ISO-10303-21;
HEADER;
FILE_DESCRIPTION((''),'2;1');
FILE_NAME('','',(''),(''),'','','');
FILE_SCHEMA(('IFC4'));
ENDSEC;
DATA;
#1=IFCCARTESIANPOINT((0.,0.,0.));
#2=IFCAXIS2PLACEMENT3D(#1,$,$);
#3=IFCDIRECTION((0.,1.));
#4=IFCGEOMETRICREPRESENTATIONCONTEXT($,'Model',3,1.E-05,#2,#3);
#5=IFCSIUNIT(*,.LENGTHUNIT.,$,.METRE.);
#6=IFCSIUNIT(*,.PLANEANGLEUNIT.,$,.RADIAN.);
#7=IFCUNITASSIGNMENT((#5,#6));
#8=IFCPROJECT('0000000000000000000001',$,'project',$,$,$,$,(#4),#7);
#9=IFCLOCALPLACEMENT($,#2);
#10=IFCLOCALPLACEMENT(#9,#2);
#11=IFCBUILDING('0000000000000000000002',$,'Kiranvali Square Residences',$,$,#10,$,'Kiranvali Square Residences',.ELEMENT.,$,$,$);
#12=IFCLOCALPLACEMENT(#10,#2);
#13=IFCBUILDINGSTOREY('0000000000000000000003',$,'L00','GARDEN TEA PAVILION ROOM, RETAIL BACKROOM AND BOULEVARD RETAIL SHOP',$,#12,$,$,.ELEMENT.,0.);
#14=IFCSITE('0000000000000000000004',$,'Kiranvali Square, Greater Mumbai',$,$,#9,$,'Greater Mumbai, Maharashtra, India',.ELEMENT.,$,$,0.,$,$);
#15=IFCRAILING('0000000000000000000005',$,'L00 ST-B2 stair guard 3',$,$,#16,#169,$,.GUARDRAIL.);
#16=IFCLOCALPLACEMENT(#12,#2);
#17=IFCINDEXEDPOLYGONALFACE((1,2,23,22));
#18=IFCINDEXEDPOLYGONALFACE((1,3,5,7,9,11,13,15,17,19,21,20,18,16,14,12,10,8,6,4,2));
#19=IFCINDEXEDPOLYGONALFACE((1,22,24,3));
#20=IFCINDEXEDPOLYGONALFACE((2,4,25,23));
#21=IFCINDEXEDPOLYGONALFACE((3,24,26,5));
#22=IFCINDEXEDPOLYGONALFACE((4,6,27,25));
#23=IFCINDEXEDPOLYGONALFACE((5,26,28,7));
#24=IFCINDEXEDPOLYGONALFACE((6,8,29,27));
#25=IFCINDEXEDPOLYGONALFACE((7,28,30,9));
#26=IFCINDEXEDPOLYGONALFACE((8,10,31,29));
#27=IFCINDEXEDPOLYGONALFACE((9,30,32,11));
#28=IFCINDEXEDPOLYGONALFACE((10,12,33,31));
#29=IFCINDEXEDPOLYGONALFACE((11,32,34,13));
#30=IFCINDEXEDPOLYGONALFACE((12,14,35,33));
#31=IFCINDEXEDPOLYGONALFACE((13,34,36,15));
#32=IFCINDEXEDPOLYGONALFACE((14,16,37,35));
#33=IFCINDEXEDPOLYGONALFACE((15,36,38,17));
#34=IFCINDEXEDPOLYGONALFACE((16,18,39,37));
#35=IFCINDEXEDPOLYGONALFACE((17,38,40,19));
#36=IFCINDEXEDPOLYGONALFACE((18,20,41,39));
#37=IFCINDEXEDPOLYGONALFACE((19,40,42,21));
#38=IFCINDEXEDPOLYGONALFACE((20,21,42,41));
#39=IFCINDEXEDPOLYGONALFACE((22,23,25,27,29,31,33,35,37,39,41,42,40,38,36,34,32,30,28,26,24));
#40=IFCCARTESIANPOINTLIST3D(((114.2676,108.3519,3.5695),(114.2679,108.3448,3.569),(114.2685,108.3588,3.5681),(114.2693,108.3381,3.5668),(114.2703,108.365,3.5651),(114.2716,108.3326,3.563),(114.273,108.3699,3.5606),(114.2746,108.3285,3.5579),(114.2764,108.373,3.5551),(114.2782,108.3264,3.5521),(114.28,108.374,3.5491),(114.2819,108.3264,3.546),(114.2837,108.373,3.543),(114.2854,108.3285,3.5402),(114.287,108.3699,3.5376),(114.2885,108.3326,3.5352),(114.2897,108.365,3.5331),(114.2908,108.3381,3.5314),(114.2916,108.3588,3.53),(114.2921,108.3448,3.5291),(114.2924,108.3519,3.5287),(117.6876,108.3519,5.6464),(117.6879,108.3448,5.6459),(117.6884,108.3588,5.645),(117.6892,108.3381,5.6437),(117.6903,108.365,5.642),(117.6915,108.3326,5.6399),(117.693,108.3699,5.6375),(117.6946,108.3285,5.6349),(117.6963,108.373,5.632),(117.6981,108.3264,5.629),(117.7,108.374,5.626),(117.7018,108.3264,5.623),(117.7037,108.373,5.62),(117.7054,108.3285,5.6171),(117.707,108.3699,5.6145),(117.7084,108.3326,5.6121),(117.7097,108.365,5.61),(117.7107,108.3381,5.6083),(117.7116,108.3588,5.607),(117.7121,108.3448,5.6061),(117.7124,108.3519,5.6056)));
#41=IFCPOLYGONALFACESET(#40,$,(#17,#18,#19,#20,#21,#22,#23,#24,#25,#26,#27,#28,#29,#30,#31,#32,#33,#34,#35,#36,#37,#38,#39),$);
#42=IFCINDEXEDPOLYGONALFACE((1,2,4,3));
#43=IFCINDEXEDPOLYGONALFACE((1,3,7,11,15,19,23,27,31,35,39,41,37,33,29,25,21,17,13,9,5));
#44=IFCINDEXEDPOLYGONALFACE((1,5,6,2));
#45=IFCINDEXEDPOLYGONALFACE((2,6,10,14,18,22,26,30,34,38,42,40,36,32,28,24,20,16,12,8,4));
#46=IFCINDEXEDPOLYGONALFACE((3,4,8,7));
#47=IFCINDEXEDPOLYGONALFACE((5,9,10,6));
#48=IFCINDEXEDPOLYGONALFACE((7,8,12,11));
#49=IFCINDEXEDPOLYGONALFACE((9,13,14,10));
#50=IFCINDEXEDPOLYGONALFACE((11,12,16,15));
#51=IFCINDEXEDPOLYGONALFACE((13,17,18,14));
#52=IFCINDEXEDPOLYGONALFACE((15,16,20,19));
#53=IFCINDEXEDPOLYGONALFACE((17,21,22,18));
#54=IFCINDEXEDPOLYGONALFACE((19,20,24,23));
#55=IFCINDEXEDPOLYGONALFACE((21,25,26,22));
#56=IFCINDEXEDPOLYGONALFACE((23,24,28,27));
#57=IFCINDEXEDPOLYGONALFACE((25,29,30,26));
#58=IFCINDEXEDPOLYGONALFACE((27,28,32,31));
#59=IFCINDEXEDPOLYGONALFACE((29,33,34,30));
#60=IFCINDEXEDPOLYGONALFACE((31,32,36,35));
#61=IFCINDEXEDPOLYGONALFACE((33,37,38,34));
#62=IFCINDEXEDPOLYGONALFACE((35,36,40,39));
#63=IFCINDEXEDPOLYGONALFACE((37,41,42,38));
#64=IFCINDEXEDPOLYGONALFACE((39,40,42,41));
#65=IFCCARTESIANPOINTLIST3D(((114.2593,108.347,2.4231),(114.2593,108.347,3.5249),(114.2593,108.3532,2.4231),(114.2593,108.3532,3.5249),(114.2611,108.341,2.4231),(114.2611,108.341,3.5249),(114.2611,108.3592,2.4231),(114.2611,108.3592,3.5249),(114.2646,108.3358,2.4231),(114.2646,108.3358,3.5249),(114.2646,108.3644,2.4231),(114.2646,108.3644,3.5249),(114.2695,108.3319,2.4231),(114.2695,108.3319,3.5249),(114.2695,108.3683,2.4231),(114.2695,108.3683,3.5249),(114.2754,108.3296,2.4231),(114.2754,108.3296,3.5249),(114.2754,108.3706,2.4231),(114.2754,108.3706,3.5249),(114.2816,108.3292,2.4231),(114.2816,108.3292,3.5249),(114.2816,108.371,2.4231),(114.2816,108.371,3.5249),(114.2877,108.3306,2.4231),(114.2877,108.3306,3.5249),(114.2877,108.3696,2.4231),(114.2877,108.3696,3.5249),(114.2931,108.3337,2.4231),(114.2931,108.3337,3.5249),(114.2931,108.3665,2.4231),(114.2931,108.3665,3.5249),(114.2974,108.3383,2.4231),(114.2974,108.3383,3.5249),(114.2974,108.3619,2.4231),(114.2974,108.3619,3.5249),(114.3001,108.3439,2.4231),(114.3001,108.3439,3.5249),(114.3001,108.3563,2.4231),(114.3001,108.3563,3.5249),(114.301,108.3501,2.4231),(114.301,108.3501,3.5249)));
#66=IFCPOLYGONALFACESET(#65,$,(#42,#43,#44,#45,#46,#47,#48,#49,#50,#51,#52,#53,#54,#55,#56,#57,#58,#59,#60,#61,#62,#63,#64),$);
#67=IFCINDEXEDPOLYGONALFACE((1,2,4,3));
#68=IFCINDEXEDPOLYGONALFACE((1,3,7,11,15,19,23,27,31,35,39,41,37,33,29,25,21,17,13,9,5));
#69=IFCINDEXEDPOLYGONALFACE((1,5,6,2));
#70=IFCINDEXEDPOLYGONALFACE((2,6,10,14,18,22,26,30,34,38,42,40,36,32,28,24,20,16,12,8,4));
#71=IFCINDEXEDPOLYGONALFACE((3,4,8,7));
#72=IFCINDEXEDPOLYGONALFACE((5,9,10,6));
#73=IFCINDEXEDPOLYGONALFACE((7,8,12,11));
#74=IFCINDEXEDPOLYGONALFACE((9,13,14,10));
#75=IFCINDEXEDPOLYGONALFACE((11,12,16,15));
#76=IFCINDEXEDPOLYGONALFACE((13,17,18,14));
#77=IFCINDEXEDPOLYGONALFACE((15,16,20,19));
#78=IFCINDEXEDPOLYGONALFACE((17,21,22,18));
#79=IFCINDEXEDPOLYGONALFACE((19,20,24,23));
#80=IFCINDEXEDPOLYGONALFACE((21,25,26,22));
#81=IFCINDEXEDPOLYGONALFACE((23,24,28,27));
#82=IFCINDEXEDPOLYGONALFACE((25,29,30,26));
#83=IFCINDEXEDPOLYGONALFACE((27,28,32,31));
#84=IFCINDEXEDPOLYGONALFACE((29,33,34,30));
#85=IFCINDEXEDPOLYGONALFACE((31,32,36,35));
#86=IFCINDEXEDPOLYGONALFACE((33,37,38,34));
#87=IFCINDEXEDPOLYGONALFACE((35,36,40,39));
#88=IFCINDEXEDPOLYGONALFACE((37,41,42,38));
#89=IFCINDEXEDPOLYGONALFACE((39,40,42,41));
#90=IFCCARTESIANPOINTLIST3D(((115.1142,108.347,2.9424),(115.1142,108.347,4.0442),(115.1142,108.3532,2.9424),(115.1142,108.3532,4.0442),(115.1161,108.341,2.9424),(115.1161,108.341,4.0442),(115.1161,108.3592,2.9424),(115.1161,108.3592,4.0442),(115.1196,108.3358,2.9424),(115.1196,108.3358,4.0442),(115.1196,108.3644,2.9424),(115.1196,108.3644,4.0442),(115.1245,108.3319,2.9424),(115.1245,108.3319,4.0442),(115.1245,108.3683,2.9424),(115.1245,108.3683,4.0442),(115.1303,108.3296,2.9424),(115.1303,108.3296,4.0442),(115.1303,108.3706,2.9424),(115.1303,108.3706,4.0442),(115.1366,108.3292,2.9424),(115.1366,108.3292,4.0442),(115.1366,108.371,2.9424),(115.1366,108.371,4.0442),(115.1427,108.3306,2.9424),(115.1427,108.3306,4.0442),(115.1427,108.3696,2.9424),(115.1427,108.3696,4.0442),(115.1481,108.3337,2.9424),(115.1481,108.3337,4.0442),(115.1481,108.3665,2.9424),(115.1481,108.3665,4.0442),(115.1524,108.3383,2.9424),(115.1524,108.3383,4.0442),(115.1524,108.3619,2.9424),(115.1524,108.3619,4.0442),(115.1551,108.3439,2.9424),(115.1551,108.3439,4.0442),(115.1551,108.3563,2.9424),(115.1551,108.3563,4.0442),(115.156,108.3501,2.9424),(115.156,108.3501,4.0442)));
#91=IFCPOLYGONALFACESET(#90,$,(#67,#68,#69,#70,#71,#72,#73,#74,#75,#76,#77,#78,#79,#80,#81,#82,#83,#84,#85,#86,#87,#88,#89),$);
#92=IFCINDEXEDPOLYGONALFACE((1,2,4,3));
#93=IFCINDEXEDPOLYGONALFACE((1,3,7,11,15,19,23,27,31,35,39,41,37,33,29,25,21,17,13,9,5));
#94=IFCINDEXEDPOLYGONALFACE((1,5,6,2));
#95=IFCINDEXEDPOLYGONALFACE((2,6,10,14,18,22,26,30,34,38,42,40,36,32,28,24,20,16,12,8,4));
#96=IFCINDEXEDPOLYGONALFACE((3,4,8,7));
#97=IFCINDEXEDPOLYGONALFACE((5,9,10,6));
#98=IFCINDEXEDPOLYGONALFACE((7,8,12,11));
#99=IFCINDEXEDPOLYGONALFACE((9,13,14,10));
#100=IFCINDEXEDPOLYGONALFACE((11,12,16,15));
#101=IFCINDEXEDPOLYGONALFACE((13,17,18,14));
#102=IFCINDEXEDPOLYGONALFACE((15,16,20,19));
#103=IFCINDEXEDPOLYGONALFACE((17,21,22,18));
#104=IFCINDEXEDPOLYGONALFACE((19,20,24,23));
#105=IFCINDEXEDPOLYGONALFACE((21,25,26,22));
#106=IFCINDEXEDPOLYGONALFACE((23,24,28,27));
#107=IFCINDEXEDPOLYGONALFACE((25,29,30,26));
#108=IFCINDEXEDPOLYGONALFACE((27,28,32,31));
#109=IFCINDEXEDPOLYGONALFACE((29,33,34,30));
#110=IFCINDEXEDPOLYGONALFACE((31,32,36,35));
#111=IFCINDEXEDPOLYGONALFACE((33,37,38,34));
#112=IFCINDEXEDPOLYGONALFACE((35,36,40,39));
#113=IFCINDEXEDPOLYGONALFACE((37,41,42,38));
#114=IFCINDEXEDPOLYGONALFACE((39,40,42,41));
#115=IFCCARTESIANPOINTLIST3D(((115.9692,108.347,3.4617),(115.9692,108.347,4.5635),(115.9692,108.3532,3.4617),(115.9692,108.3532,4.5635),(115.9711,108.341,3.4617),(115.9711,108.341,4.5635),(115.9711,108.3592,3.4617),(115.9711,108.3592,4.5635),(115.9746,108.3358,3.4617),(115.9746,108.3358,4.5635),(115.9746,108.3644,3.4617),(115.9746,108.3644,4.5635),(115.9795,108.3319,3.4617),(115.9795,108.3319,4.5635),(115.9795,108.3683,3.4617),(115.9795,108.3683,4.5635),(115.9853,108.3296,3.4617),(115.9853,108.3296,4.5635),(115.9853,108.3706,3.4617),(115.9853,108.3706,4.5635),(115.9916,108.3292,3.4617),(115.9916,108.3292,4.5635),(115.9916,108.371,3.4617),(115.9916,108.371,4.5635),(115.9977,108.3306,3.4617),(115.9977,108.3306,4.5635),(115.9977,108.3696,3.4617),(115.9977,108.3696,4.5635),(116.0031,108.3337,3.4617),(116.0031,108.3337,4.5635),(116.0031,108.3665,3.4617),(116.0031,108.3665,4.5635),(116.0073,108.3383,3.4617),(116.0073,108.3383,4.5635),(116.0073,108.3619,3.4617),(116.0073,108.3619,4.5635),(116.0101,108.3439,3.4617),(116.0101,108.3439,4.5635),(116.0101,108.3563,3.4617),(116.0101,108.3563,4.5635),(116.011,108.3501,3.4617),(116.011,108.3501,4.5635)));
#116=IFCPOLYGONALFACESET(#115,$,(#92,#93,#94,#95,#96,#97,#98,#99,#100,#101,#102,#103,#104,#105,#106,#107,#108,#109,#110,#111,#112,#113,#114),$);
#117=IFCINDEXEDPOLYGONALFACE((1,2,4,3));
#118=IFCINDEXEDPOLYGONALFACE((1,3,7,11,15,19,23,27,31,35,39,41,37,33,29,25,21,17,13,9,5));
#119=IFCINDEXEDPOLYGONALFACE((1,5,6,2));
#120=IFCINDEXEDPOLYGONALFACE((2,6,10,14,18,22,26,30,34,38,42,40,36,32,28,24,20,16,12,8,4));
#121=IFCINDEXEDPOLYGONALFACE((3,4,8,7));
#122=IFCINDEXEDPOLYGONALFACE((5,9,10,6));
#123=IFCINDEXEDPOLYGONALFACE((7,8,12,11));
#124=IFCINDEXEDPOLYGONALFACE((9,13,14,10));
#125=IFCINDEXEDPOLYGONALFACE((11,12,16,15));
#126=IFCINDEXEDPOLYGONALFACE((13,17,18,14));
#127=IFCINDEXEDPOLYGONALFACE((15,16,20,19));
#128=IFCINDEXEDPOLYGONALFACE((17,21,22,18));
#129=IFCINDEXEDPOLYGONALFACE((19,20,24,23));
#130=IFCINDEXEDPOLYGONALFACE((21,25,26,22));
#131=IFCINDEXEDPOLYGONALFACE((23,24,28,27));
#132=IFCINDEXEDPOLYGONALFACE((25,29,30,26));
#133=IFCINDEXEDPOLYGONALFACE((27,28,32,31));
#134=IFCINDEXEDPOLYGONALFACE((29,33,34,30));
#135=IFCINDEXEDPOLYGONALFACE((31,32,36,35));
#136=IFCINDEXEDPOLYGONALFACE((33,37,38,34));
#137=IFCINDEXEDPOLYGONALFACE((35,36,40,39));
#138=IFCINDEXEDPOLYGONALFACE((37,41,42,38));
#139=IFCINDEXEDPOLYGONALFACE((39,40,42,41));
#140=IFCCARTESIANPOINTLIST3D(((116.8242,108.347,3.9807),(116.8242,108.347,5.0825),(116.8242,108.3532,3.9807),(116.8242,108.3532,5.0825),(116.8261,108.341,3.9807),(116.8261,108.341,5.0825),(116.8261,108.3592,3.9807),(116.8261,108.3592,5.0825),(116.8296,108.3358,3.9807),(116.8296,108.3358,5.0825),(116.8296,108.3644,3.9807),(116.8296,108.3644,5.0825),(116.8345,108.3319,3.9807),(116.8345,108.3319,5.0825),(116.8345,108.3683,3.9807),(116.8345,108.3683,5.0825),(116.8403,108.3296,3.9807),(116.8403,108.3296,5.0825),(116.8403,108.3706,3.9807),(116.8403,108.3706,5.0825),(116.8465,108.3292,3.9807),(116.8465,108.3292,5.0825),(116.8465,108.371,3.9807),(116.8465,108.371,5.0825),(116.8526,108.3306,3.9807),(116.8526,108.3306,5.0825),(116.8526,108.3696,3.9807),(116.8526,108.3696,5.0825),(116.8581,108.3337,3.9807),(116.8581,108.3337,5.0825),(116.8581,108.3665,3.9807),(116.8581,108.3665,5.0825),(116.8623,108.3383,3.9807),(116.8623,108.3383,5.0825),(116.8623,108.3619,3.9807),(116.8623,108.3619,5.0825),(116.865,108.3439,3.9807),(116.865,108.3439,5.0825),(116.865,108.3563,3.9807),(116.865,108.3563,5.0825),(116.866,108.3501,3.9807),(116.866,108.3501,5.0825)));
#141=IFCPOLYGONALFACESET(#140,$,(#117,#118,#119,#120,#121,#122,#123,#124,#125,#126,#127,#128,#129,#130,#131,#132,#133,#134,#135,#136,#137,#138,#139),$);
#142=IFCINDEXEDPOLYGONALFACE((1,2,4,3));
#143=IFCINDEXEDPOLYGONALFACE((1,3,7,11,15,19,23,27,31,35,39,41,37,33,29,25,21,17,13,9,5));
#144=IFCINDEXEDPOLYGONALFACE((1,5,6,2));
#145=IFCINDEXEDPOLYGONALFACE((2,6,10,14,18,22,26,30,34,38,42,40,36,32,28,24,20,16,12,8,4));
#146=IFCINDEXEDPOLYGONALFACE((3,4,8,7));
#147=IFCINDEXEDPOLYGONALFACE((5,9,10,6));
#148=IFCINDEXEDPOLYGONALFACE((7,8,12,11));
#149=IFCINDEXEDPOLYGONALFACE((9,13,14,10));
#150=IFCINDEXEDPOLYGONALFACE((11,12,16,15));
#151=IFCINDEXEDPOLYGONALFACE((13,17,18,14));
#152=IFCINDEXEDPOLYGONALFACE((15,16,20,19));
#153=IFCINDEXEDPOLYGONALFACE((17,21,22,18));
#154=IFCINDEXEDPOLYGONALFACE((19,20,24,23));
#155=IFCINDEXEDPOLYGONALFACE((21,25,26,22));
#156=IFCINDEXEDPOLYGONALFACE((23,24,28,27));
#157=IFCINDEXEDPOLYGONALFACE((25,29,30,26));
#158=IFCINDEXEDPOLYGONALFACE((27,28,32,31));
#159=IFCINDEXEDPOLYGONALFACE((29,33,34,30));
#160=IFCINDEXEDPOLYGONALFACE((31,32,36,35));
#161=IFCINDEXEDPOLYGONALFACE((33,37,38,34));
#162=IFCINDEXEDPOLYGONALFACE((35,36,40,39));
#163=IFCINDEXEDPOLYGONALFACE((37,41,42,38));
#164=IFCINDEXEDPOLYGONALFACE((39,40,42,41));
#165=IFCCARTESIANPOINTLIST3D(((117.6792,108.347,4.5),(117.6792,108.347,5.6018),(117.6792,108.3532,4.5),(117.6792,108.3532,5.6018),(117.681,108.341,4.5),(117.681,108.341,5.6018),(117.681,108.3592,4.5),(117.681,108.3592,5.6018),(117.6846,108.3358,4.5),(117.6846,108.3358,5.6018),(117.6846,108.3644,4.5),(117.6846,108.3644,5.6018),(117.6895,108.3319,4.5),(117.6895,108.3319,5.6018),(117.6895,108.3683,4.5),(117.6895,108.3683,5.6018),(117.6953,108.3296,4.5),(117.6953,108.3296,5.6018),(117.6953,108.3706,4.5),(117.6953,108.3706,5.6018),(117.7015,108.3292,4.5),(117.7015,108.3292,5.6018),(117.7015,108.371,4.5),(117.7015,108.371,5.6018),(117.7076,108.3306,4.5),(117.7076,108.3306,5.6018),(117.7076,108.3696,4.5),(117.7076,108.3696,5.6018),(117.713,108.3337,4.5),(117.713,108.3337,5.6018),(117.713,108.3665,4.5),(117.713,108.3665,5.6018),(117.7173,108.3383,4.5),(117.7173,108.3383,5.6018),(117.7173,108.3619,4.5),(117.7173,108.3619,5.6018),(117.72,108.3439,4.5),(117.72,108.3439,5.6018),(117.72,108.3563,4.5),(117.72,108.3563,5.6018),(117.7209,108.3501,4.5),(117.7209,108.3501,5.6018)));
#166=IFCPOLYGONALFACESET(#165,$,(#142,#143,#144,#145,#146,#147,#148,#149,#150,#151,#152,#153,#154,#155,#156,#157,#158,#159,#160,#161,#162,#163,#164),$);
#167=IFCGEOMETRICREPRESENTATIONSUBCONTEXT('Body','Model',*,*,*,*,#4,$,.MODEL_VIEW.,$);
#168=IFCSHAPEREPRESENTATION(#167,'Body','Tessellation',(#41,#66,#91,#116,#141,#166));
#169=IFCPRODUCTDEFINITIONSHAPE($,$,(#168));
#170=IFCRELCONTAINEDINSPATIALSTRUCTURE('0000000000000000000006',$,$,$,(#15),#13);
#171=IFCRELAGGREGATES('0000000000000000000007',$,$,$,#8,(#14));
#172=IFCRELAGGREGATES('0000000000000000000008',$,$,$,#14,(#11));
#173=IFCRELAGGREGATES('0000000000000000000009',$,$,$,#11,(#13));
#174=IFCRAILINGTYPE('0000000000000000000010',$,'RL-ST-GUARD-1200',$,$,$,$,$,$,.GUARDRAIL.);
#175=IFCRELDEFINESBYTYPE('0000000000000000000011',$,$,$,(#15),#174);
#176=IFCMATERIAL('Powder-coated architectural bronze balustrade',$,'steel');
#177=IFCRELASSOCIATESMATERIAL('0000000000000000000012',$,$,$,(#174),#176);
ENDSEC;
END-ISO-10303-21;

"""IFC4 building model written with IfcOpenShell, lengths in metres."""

from ifc_helpers import new_model, si_unit, direction, frame, origin, origin_2d, place, context, subcontext, project, spatial, circle, extrude, material, type_object, element, save


model = new_model("IFC4")

# Units and contexts
model_context = context("Model", 3, precision=1e-05, world=origin(), true_north=direction((0.0, 1.0)))
body_context = subcontext(model_context, "Body", "Model", "MODEL_VIEW")
ifc_project = project(units=[si_unit("LENGTHUNIT", "METRE"), si_unit("PLANEANGLEUNIT", "RADIAN")], contexts=[model_context])

# Site, building, storey
site_placement = place(None, origin())
site = spatial("IfcSite", under=ifc_project, at=site_placement, Name="Kiranvali Square, Greater Mumbai", LongName="Greater Mumbai, Maharashtra, India", CompositionType="ELEMENT", RefElevation=0.0)
building_placement = place(site_placement, origin())
building = spatial("IfcBuilding", under=site, at=building_placement, Name="Kiranvali Square Residences", LongName="Kiranvali Square Residences", CompositionType="ELEMENT")
storey_placement = place(building_placement, origin())
storey = spatial("IfcBuildingStorey", under=building, at=storey_placement, Name="L00", Description="GARDEN TEA PAVILION ROOM, RETAIL BACKROOM AND BOULEVARD RETAIL SHOP", CompositionType="ELEMENT", Elevation=0.0)

# Railing
ifc_material_1 = material(Name="Powder-coated architectural bronze balustrade", Category="steel")
railing_type_1 = type_object("IfcRailingType", Name="RL-ST-GUARD-1200", PredefinedType="GUARDRAIL", material=ifc_material_1)
railing_1_placement = place(storey_placement, frame((114.28, 108.3501, 2.4231)))
element("IfcRailing", 1, at=railing_1_placement, inside=storey, type_object=railing_type_1, Name="L00 ST-B2 stair guard 3", PredefinedType="GUARDRAIL", context=body_context, shape_type="SweptSolid", body=[
    extrude(circle(Radius=0.0239, at=origin_2d()), frame((0.0, 0.0, 1.126), z_axis=(0.85473, 0.0, 0.519074), x_axis=(0.0, 1.0, 0.0)), (0.0, 0.0, 1.0), 4.0012),
    extrude(circle(Radius=0.021, at=origin_2d()), origin(), (0.0, 0.0, 1.0), 1.1018),
    extrude(circle(Radius=0.021, at=origin_2d()), frame((0.855, 0.0, 0.5193)), (0.0, 0.0, 1.0), 1.1018),
    extrude(circle(Radius=0.021, at=origin_2d()), frame((1.71, 0.0, 1.0386)), (0.0, 0.0, 1.0), 1.1018),
    extrude(circle(Radius=0.021, at=origin_2d()), frame((2.5649, 0.0, 1.5576)), (0.0, 0.0, 1.0), 1.1018),
    extrude(circle(Radius=0.021, at=origin_2d()), frame((3.4199, 0.0, 2.0769)), (0.0, 0.0, 1.0), 1.1018),
])

save(model, "model.ifc")
